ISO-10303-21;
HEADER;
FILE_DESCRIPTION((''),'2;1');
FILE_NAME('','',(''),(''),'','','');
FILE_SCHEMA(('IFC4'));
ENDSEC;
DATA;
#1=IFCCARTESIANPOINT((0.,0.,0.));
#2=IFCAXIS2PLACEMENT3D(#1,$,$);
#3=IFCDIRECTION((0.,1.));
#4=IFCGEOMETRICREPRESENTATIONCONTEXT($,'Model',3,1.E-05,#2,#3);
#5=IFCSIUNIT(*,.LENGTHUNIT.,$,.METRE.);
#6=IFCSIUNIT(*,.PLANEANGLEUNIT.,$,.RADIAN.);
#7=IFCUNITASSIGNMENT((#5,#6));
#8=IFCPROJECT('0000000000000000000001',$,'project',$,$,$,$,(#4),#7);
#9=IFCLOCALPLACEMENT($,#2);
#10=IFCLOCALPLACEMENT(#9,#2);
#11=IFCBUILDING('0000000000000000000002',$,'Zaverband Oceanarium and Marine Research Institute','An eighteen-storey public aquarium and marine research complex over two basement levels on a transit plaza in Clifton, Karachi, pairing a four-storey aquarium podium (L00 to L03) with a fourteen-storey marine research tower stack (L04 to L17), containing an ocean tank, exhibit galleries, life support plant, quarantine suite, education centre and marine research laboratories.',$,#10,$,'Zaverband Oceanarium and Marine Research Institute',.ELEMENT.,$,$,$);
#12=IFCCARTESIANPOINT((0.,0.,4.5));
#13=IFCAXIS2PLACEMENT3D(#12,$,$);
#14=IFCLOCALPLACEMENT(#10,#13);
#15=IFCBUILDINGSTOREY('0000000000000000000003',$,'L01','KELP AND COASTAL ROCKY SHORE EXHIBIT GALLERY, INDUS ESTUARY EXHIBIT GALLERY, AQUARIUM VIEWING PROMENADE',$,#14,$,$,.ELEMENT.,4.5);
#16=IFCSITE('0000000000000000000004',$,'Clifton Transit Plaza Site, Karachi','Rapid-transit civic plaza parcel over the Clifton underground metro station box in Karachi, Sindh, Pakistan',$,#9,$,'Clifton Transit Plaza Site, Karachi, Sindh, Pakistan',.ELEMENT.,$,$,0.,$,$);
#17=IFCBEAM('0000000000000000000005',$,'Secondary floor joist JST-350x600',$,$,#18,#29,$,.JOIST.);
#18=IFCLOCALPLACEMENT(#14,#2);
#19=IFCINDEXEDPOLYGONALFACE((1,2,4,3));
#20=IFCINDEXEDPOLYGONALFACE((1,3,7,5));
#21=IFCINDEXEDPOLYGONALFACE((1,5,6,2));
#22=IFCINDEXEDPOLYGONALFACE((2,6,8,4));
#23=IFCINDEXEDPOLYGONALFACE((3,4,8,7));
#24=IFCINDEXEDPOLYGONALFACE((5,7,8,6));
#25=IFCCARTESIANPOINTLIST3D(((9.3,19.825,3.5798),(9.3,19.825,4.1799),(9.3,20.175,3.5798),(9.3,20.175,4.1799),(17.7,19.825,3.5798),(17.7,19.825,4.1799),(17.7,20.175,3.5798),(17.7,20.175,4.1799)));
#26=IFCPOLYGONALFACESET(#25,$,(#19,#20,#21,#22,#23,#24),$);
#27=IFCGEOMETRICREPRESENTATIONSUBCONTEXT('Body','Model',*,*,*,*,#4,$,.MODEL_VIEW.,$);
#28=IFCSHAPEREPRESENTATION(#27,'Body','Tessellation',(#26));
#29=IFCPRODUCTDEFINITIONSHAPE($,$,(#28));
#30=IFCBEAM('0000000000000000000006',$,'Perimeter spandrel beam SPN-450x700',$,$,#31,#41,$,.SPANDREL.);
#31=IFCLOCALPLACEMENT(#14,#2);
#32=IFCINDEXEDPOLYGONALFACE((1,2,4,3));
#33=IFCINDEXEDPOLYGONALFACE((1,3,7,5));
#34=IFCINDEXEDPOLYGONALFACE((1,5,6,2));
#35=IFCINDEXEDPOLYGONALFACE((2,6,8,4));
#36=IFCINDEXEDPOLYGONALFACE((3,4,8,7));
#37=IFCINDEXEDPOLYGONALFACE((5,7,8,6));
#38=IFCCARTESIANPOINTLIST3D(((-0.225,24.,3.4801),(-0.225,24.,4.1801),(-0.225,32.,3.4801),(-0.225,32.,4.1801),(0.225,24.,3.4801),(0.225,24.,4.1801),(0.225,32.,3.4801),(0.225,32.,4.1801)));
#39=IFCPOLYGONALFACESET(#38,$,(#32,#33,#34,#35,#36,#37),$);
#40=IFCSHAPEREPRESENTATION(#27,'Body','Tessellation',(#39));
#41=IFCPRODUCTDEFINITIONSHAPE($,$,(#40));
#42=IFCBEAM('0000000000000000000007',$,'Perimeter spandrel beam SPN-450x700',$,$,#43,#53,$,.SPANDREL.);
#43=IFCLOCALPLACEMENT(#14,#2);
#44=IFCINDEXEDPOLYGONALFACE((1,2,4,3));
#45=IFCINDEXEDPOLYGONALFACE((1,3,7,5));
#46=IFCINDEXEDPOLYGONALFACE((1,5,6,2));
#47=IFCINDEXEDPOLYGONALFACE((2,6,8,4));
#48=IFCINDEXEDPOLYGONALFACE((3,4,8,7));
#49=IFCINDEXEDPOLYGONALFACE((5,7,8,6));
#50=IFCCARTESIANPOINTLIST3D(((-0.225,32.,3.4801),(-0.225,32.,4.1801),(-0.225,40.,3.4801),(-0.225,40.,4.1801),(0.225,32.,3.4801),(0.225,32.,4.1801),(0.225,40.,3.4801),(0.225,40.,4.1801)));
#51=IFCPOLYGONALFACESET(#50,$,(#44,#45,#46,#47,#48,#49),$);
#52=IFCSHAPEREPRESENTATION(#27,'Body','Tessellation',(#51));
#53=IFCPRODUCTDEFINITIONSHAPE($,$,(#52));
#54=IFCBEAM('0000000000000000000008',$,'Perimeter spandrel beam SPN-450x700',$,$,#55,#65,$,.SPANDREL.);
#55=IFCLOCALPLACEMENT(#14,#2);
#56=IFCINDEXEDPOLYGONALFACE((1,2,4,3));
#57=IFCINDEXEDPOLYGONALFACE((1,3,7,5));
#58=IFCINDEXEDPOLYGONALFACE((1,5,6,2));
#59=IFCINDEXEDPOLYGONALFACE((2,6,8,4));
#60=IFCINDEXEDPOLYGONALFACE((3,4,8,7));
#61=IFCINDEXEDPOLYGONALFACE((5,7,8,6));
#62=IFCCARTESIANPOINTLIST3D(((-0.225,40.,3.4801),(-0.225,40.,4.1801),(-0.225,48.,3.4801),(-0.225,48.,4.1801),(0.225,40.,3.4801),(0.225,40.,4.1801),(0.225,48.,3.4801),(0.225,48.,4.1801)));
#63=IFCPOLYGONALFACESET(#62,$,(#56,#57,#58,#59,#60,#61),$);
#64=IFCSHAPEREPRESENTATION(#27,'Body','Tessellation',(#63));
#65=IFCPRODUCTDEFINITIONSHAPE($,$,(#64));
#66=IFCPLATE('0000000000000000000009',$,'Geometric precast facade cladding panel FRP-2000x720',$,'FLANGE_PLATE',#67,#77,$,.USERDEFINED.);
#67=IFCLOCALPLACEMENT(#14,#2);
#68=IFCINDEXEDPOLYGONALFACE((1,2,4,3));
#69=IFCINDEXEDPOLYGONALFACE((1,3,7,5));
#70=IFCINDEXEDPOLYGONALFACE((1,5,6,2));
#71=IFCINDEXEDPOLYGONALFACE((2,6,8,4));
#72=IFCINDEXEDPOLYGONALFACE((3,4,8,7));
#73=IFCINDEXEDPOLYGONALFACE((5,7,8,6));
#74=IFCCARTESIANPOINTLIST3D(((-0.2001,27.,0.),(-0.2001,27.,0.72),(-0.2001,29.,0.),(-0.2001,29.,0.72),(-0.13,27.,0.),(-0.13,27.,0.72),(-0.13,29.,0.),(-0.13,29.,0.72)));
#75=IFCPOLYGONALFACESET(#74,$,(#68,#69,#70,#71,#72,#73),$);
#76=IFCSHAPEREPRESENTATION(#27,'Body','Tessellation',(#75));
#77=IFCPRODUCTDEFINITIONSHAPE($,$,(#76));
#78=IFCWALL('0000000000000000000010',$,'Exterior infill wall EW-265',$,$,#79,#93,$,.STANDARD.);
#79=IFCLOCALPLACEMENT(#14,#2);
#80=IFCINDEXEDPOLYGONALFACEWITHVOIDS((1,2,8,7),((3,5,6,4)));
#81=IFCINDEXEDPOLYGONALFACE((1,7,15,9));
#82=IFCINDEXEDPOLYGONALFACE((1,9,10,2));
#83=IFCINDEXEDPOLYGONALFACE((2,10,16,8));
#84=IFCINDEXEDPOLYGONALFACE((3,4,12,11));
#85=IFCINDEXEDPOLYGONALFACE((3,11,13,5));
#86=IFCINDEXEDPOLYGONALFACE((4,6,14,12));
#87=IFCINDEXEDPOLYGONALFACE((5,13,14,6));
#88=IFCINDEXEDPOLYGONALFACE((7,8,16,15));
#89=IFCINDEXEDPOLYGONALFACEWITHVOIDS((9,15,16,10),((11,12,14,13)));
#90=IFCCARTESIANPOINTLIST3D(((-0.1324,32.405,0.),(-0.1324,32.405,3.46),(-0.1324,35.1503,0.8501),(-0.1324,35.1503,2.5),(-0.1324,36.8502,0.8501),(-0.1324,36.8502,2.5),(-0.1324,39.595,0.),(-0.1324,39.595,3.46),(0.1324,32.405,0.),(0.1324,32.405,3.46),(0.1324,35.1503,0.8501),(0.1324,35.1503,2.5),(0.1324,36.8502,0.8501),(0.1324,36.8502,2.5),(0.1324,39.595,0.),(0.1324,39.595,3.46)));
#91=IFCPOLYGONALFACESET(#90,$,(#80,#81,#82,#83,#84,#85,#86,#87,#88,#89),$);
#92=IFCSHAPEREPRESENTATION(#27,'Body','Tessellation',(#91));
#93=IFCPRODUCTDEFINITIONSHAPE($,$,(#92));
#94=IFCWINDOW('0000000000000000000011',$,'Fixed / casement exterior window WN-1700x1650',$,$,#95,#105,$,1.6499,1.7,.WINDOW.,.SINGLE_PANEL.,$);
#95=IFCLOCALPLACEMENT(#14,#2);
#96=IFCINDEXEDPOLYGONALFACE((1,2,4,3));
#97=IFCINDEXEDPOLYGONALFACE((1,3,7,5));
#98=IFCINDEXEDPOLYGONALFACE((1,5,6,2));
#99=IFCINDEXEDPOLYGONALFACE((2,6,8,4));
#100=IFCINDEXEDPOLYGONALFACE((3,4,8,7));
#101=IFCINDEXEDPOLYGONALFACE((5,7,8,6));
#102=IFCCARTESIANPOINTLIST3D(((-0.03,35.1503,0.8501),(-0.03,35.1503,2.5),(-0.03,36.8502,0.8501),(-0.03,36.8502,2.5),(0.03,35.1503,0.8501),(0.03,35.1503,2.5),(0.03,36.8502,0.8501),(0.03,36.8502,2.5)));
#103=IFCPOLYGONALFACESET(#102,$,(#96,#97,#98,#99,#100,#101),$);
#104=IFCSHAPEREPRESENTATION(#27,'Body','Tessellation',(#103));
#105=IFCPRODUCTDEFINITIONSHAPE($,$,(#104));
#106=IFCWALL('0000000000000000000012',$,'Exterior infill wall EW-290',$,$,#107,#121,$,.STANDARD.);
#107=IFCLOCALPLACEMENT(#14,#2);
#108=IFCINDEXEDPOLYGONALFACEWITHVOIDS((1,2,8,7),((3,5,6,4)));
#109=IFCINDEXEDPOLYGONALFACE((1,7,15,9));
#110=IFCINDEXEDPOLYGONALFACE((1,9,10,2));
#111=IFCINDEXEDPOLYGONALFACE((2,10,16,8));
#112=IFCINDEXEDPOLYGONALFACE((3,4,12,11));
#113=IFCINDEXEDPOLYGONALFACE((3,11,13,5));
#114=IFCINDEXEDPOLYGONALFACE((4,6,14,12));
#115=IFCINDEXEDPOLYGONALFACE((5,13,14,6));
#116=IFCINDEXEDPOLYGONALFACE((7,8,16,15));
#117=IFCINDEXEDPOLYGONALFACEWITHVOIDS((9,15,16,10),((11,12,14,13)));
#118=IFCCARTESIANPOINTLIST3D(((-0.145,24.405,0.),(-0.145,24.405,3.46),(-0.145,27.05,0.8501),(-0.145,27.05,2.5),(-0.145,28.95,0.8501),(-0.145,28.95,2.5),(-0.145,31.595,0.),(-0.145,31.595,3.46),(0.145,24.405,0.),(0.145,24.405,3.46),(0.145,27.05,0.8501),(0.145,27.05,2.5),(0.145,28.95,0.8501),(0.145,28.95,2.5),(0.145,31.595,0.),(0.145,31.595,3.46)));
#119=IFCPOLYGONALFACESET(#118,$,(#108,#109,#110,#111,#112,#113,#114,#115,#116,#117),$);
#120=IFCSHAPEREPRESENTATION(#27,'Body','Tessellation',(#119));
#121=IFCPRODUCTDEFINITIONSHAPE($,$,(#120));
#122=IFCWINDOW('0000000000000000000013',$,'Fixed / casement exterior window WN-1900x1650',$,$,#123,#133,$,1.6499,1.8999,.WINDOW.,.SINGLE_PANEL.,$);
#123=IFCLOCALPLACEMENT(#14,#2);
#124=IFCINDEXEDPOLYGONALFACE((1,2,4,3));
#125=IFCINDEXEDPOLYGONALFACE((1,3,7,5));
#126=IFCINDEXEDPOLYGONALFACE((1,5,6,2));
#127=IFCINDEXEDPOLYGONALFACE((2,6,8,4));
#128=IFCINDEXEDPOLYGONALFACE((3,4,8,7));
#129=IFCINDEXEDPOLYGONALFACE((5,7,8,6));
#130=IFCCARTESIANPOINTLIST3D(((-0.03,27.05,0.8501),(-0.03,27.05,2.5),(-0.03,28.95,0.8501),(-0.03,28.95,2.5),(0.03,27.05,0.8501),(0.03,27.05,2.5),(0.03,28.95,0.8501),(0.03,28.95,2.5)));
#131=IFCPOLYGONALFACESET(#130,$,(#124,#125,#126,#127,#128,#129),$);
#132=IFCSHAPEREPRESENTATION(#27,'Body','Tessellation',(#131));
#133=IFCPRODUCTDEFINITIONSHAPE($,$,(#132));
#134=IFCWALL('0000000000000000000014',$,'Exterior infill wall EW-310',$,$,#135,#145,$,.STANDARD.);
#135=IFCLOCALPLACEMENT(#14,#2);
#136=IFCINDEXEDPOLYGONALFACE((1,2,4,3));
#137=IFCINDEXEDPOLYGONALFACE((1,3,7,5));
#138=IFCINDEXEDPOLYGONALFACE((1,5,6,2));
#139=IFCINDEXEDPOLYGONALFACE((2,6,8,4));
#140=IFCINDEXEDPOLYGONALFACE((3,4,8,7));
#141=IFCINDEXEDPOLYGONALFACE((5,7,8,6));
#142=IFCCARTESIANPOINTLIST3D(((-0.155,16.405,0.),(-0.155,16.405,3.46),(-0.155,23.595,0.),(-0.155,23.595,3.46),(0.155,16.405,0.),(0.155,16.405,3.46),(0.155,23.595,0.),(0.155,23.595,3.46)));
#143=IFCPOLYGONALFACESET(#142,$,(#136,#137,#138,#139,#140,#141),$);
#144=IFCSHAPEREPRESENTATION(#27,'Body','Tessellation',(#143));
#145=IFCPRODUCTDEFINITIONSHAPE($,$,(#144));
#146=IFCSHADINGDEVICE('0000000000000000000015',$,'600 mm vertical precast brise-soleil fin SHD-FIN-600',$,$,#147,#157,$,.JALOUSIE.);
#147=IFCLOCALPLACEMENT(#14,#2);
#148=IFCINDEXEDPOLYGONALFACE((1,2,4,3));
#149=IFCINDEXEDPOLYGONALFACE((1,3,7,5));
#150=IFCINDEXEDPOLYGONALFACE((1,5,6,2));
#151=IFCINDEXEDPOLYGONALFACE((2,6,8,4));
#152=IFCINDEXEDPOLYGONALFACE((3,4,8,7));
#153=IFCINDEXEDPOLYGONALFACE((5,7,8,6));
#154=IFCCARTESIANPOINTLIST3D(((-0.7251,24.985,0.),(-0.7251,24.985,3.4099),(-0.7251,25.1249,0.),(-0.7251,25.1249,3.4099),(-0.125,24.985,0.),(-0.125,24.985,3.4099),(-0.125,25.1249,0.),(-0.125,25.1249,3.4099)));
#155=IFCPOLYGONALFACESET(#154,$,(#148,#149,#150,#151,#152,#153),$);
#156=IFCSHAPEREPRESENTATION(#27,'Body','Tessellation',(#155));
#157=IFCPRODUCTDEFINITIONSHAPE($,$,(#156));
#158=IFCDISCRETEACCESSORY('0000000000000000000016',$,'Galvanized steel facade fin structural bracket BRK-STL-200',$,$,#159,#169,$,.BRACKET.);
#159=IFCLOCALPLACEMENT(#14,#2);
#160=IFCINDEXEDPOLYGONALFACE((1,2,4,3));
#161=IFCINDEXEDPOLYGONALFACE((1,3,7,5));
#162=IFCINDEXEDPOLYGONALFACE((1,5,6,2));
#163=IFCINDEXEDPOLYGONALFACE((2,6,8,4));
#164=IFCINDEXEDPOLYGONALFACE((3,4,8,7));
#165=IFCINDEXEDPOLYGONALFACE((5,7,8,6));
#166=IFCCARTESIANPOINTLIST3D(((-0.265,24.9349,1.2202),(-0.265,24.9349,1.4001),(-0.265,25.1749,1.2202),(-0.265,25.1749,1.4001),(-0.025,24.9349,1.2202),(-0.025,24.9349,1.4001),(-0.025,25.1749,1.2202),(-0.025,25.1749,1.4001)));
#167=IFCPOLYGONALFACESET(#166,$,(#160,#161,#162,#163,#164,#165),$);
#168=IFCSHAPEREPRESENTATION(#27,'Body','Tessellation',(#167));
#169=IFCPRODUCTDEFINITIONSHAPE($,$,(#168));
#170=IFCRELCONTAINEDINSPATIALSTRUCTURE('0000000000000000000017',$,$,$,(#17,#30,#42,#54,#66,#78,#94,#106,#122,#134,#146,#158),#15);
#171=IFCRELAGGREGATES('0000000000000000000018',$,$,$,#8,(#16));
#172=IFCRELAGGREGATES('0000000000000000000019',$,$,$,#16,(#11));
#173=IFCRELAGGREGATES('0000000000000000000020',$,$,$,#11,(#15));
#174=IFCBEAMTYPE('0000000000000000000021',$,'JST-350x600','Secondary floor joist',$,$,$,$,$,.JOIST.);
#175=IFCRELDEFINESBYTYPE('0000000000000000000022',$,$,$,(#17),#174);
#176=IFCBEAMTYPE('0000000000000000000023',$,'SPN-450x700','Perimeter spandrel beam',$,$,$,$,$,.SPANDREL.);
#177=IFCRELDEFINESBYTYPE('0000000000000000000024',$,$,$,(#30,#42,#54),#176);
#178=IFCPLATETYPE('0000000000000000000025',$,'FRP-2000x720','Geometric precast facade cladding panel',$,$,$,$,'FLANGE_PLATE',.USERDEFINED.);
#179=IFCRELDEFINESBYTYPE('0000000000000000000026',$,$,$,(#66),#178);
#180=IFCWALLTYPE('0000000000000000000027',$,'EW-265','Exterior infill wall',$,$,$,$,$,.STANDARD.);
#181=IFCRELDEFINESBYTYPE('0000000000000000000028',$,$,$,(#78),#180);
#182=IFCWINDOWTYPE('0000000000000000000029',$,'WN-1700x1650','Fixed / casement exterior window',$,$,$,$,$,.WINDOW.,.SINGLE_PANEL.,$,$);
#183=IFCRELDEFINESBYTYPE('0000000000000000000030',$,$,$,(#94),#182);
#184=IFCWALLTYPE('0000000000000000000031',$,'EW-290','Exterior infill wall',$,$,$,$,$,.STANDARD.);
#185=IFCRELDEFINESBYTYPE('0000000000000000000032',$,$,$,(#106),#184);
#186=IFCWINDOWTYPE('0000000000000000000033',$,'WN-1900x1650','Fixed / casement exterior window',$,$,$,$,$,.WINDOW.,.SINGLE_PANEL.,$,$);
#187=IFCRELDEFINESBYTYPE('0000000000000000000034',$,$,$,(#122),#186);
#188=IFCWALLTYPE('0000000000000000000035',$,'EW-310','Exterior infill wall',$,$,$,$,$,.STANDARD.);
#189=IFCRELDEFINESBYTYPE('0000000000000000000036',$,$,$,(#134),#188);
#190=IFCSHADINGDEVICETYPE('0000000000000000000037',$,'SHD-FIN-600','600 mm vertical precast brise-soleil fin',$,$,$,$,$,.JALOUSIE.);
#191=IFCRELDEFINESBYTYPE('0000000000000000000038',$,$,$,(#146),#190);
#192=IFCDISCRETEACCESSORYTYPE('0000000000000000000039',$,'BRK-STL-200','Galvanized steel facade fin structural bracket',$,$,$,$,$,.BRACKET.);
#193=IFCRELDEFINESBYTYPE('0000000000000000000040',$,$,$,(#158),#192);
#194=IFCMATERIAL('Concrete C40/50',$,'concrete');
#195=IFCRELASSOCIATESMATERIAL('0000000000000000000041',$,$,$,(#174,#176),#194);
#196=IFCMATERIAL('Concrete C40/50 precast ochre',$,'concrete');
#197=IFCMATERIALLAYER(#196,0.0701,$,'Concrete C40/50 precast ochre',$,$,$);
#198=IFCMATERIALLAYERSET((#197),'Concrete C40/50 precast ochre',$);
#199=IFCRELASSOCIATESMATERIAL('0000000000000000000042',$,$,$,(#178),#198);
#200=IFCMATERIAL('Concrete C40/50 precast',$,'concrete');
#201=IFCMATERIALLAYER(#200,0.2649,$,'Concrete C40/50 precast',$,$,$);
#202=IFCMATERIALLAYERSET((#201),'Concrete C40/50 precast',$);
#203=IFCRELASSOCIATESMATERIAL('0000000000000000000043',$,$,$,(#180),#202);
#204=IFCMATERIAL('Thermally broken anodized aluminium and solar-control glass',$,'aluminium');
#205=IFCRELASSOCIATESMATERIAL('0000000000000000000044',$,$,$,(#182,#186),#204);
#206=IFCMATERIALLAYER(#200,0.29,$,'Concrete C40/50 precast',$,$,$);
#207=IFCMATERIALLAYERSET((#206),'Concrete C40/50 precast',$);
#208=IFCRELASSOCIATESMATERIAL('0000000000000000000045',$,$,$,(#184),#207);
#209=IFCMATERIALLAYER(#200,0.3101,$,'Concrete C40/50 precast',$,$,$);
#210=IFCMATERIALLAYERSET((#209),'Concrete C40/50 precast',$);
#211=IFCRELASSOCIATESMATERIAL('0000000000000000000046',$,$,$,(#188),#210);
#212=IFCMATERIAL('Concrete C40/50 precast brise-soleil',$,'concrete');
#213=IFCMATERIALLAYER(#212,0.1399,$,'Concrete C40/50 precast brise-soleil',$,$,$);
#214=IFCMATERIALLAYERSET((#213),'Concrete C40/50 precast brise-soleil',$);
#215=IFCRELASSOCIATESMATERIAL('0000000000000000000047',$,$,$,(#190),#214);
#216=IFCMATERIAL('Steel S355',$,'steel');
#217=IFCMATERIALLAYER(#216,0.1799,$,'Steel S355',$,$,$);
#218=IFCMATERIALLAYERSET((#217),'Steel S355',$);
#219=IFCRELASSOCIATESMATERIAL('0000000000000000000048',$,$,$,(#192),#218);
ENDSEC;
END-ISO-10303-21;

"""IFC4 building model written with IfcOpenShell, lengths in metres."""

from ifc_helpers import new_model, si_unit, direction, frame, frame_2d, origin, origin_2d, place, context, subcontext, project, spatial, rectangle, extrude, material, layer, layer_set, material_profile, profile_set, type_object, element, fill, save


model = new_model("IFC4")

# Units and contexts
model_context = context("Model", 3, precision=1e-05, world=origin(), true_north=direction((0.0, 1.0)))
body_context = subcontext(model_context, "Body", "Model", "MODEL_VIEW")
ifc_project = project(units=[si_unit("LENGTHUNIT", "METRE"), si_unit("PLANEANGLEUNIT", "RADIAN")], contexts=[model_context])

# Site, building, storey
site_placement = place(None, origin())
site = spatial("IfcSite", under=ifc_project, at=site_placement, Name="Clifton Transit Plaza Site, Karachi", Description="Rapid-transit civic plaza parcel over the Clifton underground metro station box in Karachi, Sindh, Pakistan", LongName="Clifton Transit Plaza Site, Karachi, Sindh, Pakistan", CompositionType="ELEMENT", RefElevation=0.0)
building_placement = place(site_placement, origin())
building = spatial("IfcBuilding", under=site, at=building_placement, Name="Zaverband Oceanarium and Marine Research Institute", Description="An eighteen-storey public aquarium and marine research complex over two basement levels on a transit plaza in Clifton, Karachi, pairing a four-storey aquarium podium (L00 to L03) with a fourteen-storey marine research tower stack (L04 to L17), containing an ocean tank, exhibit galleries, life support plant, quarantine suite, education centre and marine research laboratories.", LongName="Zaverband Oceanarium and Marine Research Institute", CompositionType="ELEMENT")
storey_placement = place(building_placement, frame((0.0, 0.0, 4.5)))
storey = spatial("IfcBuildingStorey", under=building, at=storey_placement, Name="L01", Description="KELP AND COASTAL ROCKY SHORE EXHIBIT GALLERY, INDUS ESTUARY EXHIBIT GALLERY, AQUARIUM VIEWING PROMENADE", CompositionType="ELEMENT", Elevation=4.5)

# Beams
ifc_material_1 = material(Name="Concrete C40/50", Category="concrete")
ifc_material_profile_1 = material_profile(ifc_material_1, rectangle(XDim=0.3501, YDim=0.6001, at=origin_2d()), Name="RC350x600")
ifc_profile_set_1 = profile_set([ifc_material_profile_1], Name="Concrete C40/50")
beam_type_1 = type_object("IfcBeamType", Name="JST-350x600", Description="Secondary floor joist", PredefinedType="JOIST", material=ifc_profile_set_1)
beam_placement = place(storey_placement, frame((9.3, 20.0, 3.8799), z_axis=(1.0, 0.0, 0.0), x_axis=(0.0, 1.0, 0.0)))
element("IfcBeam", 1, at=beam_placement, inside=storey, type_object=beam_type_1, Name="Secondary floor joist JST-350x600", PredefinedType="JOIST", context=body_context, shape_type="SweptSolid", body=[
    extrude(rectangle(XDim=0.3501, YDim=0.6001, at=origin_2d()), origin(), (0.0, 0.0, 1.0), 8.3999),
])
ifc_material_profile_2 = material_profile(ifc_material_1, rectangle(XDim=0.45, YDim=0.7, at=origin_2d()), Name="RC450x700")
ifc_profile_set_2 = profile_set([ifc_material_profile_2], Name="Concrete C40/50")
beam_type_2 = type_object("IfcBeamType", Name="SPN-450x700", Description="Perimeter spandrel beam", PredefinedType="SPANDREL", material=ifc_profile_set_2)
for number, where, z_axis, x_axis, name in (
    (2, (0.0, 24.0, 3.8301), (0.0, 1.0, 0.0), (-1.0, 0.0, 0.0), "Perimeter spandrel beam SPN-450x700"),
    (3, (0.0, 32.0, 3.8301), (0.0, 1.0, 0.0), (-1.0, 0.0, 0.0), "Perimeter spandrel beam SPN-450x700"),
    (4, (0.0, 40.0, 3.8301), (0.0, 1.0, 0.0), (-1.0, 0.0, 0.0), "Perimeter spandrel beam SPN-450x700"),
):
    element("IfcBeam", number, at=place(storey_placement, frame(where, z_axis=z_axis, x_axis=x_axis)), inside=storey, type_object=beam_type_2, Name=name, PredefinedType="SPANDREL", context=body_context, shape_type="SweptSolid", body=[
        extrude(rectangle(XDim=0.45, YDim=0.7, at=origin_2d()), origin(), (0.0, 0.0, 1.0), 8.0),
    ])

# Plate
ifc_material_2 = material(Name="Concrete C40/50 precast ochre", Category="concrete")
ifc_layer_1 = layer(ifc_material_2, 0.0701, Name="Concrete C40/50 precast ochre")
ifc_layer_set_1 = layer_set([ifc_layer_1], Name="Concrete C40/50 precast ochre")
plate_type = type_object("IfcPlateType", Name="FRP-2000x720", Description="Geometric precast facade cladding panel", ElementType="FLANGE_PLATE", PredefinedType="USERDEFINED", material=ifc_layer_set_1)
plate_placement = place(storey_placement, frame((-0.165, 27.0, 0.0), z_axis=(0.0, 0.0, 1.0), x_axis=(0.0, 1.0, 0.0)))
element("IfcPlate", 5, at=plate_placement, inside=storey, type_object=plate_type, Name="Geometric precast facade cladding panel FRP-2000x720", ObjectType="FLANGE_PLATE", PredefinedType="USERDEFINED", context=body_context, shape_type="SweptSolid", body=[
    extrude(rectangle(XDim=2.0, YDim=0.0701, at=frame_2d((1.0, 0.0))), origin(), (0.0, 0.0, 1.0), 0.72),
])

# Walls, openings, windows
ifc_material_3 = material(Name="Concrete C40/50 precast", Category="concrete")
ifc_layer_2 = layer(ifc_material_3, 0.2649, Name="Concrete C40/50 precast")
ifc_layer_set_2 = layer_set([ifc_layer_2], Name="Concrete C40/50 precast")
wall_type_1 = type_object("IfcWallType", Name="EW-265", Description="Exterior infill wall", PredefinedType="STANDARD", material=ifc_layer_set_2)
wall_1_placement = place(storey_placement, frame((0.0, 32.405, 0.0), z_axis=(0.0, 0.0, 1.0), x_axis=(0.0, 1.0, 0.0)))
wall_1 = element("IfcWall", 6, at=wall_1_placement, inside=storey, type_object=wall_type_1, Name="Exterior infill wall EW-265", PredefinedType="STANDARD", context=body_context, shape_type="SweptSolid", body=[
    extrude(rectangle(XDim=7.1899, YDim=0.2649, at=frame_2d((3.595, 0.0))), origin(), (0.0, 0.0, 1.0), 3.46),
])
opening_1_placement = place(wall_1_placement, frame((2.7451, 0.0, 0.8501)))
opening_1 = element("IfcOpeningElement", 7, at=opening_1_placement, cuts=wall_1, PredefinedType="OPENING", context=body_context, shape_type="SweptSolid", body=[
    extrude(rectangle(XDim=1.7, YDim=1.6499, at=frame_2d((0.8501, 0.825))), frame((0.0, 0.1445, 0.0), z_axis=(0.0, -1.0, 0.0), x_axis=(1.0, 0.0, 0.0)), (0.0, 0.0, 1.0), 0.2888),
])
ifc_material_4 = material(Name="Thermally broken anodized aluminium and solar-control glass", Category="aluminium")
window_type_1 = type_object("IfcWindowType", Name="WN-1700x1650", Description="Fixed / casement exterior window", PartitioningType="SINGLE_PANEL", PredefinedType="WINDOW", material=ifc_material_4)
window_1_placement = place(opening_1_placement, origin())
window_1 = element("IfcWindow", 8, at=window_1_placement, inside=storey, type_object=window_type_1, Name="Fixed / casement exterior window WN-1700x1650", OverallHeight=1.6499, OverallWidth=1.7, PartitioningType="SINGLE_PANEL", PredefinedType="WINDOW", context=body_context, shape_type="SweptSolid", body=[
    extrude(rectangle(XDim=1.7, YDim=1.6499, at=frame_2d((0.8501, 0.825))), frame((0.0, 0.03, 0.0), z_axis=(0.0, -1.0, 0.0), x_axis=(1.0, 0.0, 0.0)), (0.0, 0.0, 1.0), 0.0601),
])
fill(opening_1, window_1)
ifc_layer_3 = layer(ifc_material_3, 0.29, Name="Concrete C40/50 precast")
ifc_layer_set_3 = layer_set([ifc_layer_3], Name="Concrete C40/50 precast")
wall_type_2 = type_object("IfcWallType", Name="EW-290", Description="Exterior infill wall", PredefinedType="STANDARD", material=ifc_layer_set_3)
wall_2_placement = place(storey_placement, frame((0.0, 24.405, 0.0), z_axis=(0.0, 0.0, 1.0), x_axis=(0.0, 1.0, 0.0)))
wall_2 = element("IfcWall", 9, at=wall_2_placement, inside=storey, type_object=wall_type_2, Name="Exterior infill wall EW-290", PredefinedType="STANDARD", context=body_context, shape_type="SweptSolid", body=[
    extrude(rectangle(XDim=7.1899, YDim=0.29, at=frame_2d((3.595, 0.0))), origin(), (0.0, 0.0, 1.0), 3.46),
])
opening_2_placement = place(wall_2_placement, frame((2.645, 0.0, 0.8501)))
opening_2 = element("IfcOpeningElement", 10, at=opening_2_placement, cuts=wall_2, PredefinedType="OPENING", context=body_context, shape_type="SweptSolid", body=[
    extrude(rectangle(XDim=1.8999, YDim=1.6499, at=frame_2d((0.95, 0.825))), frame((0.0, 0.157, 0.0), z_axis=(0.0, -1.0, 0.0), x_axis=(1.0, 0.0, 0.0)), (0.0, 0.0, 1.0), 0.314),
])
window_type_2 = type_object("IfcWindowType", Name="WN-1900x1650", Description="Fixed / casement exterior window", PartitioningType="SINGLE_PANEL", PredefinedType="WINDOW", material=ifc_material_4)
window_2_placement = place(opening_2_placement, origin())
window_2 = element("IfcWindow", 11, at=window_2_placement, inside=storey, type_object=window_type_2, Name="Fixed / casement exterior window WN-1900x1650", OverallHeight=1.6499, OverallWidth=1.8999, PartitioningType="SINGLE_PANEL", PredefinedType="WINDOW", context=body_context, shape_type="SweptSolid", body=[
    extrude(rectangle(XDim=1.8999, YDim=1.6499, at=frame_2d((0.95, 0.825))), frame((0.0, 0.03, 0.0), z_axis=(0.0, -1.0, 0.0), x_axis=(1.0, 0.0, 0.0)), (0.0, 0.0, 1.0), 0.0601),
])
fill(opening_2, window_2)

# Wall
ifc_layer_4 = layer(ifc_material_3, 0.3101, Name="Concrete C40/50 precast")
ifc_layer_set_4 = layer_set([ifc_layer_4], Name="Concrete C40/50 precast")
wall_type_3 = type_object("IfcWallType", Name="EW-310", Description="Exterior infill wall", PredefinedType="STANDARD", material=ifc_layer_set_4)
wall_3_placement = place(storey_placement, frame((0.0, 16.405, 0.0), z_axis=(0.0, 0.0, 1.0), x_axis=(0.0, 1.0, 0.0)))
element("IfcWall", 12, at=wall_3_placement, inside=storey, type_object=wall_type_3, Name="Exterior infill wall EW-310", PredefinedType="STANDARD", context=body_context, shape_type="SweptSolid", body=[
    extrude(rectangle(XDim=7.1899, YDim=0.3101, at=frame_2d((3.595, 0.0))), origin(), (0.0, 0.0, 1.0), 3.46),
])

# Shading device
ifc_material_5 = material(Name="Concrete C40/50 precast brise-soleil", Category="concrete")
ifc_layer_5 = layer(ifc_material_5, 0.1399, Name="Concrete C40/50 precast brise-soleil")
ifc_layer_set_5 = layer_set([ifc_layer_5], Name="Concrete C40/50 precast brise-soleil")
shading_device_type = type_object("IfcShadingDeviceType", Name="SHD-FIN-600", Description="600 mm vertical precast brise-soleil fin", PredefinedType="JALOUSIE", material=ifc_layer_set_5)
shading_device_placement = place(storey_placement, frame((-0.125, 25.0549, 0.0), z_axis=(0.0, 0.0, 1.0), x_axis=(-1.0, 0.0, 0.0)))
element("IfcShadingDevice", 13, at=shading_device_placement, inside=storey, type_object=shading_device_type, Name="600 mm vertical precast brise-soleil fin SHD-FIN-600", PredefinedType="JALOUSIE", context=body_context, shape_type="SweptSolid", body=[
    extrude(rectangle(XDim=0.6001, YDim=0.1399, at=frame_2d((0.3, 0.0))), origin(), (0.0, 0.0, 1.0), 3.4099),
])

# Discrete accessory
ifc_material_6 = material(Name="Steel S355", Category="steel")
ifc_layer_6 = layer(ifc_material_6, 0.1799, Name="Steel S355")
ifc_layer_set_6 = layer_set([ifc_layer_6], Name="Steel S355")
discrete_accessory_type = type_object("IfcDiscreteAccessoryType", Name="BRK-STL-200", Description="Galvanized steel facade fin structural bracket", PredefinedType="BRACKET", material=ifc_layer_set_6)
discrete_accessory_placement = place(storey_placement, frame((-0.145, 25.0549, 1.2202), z_axis=(0.0, 0.0, 1.0), x_axis=(1.0, 0.0, 0.0)))
element("IfcDiscreteAccessory", 14, at=discrete_accessory_placement, inside=storey, type_object=discrete_accessory_type, Name="Galvanized steel facade fin structural bracket BRK-STL-200", PredefinedType="BRACKET", context=body_context, shape_type="SweptSolid", body=[
    extrude(rectangle(XDim=0.24, YDim=0.24, at=origin_2d()), origin(), (0.0, 0.0, 1.0), 0.1799),
])

save(model, "model.ifc")
